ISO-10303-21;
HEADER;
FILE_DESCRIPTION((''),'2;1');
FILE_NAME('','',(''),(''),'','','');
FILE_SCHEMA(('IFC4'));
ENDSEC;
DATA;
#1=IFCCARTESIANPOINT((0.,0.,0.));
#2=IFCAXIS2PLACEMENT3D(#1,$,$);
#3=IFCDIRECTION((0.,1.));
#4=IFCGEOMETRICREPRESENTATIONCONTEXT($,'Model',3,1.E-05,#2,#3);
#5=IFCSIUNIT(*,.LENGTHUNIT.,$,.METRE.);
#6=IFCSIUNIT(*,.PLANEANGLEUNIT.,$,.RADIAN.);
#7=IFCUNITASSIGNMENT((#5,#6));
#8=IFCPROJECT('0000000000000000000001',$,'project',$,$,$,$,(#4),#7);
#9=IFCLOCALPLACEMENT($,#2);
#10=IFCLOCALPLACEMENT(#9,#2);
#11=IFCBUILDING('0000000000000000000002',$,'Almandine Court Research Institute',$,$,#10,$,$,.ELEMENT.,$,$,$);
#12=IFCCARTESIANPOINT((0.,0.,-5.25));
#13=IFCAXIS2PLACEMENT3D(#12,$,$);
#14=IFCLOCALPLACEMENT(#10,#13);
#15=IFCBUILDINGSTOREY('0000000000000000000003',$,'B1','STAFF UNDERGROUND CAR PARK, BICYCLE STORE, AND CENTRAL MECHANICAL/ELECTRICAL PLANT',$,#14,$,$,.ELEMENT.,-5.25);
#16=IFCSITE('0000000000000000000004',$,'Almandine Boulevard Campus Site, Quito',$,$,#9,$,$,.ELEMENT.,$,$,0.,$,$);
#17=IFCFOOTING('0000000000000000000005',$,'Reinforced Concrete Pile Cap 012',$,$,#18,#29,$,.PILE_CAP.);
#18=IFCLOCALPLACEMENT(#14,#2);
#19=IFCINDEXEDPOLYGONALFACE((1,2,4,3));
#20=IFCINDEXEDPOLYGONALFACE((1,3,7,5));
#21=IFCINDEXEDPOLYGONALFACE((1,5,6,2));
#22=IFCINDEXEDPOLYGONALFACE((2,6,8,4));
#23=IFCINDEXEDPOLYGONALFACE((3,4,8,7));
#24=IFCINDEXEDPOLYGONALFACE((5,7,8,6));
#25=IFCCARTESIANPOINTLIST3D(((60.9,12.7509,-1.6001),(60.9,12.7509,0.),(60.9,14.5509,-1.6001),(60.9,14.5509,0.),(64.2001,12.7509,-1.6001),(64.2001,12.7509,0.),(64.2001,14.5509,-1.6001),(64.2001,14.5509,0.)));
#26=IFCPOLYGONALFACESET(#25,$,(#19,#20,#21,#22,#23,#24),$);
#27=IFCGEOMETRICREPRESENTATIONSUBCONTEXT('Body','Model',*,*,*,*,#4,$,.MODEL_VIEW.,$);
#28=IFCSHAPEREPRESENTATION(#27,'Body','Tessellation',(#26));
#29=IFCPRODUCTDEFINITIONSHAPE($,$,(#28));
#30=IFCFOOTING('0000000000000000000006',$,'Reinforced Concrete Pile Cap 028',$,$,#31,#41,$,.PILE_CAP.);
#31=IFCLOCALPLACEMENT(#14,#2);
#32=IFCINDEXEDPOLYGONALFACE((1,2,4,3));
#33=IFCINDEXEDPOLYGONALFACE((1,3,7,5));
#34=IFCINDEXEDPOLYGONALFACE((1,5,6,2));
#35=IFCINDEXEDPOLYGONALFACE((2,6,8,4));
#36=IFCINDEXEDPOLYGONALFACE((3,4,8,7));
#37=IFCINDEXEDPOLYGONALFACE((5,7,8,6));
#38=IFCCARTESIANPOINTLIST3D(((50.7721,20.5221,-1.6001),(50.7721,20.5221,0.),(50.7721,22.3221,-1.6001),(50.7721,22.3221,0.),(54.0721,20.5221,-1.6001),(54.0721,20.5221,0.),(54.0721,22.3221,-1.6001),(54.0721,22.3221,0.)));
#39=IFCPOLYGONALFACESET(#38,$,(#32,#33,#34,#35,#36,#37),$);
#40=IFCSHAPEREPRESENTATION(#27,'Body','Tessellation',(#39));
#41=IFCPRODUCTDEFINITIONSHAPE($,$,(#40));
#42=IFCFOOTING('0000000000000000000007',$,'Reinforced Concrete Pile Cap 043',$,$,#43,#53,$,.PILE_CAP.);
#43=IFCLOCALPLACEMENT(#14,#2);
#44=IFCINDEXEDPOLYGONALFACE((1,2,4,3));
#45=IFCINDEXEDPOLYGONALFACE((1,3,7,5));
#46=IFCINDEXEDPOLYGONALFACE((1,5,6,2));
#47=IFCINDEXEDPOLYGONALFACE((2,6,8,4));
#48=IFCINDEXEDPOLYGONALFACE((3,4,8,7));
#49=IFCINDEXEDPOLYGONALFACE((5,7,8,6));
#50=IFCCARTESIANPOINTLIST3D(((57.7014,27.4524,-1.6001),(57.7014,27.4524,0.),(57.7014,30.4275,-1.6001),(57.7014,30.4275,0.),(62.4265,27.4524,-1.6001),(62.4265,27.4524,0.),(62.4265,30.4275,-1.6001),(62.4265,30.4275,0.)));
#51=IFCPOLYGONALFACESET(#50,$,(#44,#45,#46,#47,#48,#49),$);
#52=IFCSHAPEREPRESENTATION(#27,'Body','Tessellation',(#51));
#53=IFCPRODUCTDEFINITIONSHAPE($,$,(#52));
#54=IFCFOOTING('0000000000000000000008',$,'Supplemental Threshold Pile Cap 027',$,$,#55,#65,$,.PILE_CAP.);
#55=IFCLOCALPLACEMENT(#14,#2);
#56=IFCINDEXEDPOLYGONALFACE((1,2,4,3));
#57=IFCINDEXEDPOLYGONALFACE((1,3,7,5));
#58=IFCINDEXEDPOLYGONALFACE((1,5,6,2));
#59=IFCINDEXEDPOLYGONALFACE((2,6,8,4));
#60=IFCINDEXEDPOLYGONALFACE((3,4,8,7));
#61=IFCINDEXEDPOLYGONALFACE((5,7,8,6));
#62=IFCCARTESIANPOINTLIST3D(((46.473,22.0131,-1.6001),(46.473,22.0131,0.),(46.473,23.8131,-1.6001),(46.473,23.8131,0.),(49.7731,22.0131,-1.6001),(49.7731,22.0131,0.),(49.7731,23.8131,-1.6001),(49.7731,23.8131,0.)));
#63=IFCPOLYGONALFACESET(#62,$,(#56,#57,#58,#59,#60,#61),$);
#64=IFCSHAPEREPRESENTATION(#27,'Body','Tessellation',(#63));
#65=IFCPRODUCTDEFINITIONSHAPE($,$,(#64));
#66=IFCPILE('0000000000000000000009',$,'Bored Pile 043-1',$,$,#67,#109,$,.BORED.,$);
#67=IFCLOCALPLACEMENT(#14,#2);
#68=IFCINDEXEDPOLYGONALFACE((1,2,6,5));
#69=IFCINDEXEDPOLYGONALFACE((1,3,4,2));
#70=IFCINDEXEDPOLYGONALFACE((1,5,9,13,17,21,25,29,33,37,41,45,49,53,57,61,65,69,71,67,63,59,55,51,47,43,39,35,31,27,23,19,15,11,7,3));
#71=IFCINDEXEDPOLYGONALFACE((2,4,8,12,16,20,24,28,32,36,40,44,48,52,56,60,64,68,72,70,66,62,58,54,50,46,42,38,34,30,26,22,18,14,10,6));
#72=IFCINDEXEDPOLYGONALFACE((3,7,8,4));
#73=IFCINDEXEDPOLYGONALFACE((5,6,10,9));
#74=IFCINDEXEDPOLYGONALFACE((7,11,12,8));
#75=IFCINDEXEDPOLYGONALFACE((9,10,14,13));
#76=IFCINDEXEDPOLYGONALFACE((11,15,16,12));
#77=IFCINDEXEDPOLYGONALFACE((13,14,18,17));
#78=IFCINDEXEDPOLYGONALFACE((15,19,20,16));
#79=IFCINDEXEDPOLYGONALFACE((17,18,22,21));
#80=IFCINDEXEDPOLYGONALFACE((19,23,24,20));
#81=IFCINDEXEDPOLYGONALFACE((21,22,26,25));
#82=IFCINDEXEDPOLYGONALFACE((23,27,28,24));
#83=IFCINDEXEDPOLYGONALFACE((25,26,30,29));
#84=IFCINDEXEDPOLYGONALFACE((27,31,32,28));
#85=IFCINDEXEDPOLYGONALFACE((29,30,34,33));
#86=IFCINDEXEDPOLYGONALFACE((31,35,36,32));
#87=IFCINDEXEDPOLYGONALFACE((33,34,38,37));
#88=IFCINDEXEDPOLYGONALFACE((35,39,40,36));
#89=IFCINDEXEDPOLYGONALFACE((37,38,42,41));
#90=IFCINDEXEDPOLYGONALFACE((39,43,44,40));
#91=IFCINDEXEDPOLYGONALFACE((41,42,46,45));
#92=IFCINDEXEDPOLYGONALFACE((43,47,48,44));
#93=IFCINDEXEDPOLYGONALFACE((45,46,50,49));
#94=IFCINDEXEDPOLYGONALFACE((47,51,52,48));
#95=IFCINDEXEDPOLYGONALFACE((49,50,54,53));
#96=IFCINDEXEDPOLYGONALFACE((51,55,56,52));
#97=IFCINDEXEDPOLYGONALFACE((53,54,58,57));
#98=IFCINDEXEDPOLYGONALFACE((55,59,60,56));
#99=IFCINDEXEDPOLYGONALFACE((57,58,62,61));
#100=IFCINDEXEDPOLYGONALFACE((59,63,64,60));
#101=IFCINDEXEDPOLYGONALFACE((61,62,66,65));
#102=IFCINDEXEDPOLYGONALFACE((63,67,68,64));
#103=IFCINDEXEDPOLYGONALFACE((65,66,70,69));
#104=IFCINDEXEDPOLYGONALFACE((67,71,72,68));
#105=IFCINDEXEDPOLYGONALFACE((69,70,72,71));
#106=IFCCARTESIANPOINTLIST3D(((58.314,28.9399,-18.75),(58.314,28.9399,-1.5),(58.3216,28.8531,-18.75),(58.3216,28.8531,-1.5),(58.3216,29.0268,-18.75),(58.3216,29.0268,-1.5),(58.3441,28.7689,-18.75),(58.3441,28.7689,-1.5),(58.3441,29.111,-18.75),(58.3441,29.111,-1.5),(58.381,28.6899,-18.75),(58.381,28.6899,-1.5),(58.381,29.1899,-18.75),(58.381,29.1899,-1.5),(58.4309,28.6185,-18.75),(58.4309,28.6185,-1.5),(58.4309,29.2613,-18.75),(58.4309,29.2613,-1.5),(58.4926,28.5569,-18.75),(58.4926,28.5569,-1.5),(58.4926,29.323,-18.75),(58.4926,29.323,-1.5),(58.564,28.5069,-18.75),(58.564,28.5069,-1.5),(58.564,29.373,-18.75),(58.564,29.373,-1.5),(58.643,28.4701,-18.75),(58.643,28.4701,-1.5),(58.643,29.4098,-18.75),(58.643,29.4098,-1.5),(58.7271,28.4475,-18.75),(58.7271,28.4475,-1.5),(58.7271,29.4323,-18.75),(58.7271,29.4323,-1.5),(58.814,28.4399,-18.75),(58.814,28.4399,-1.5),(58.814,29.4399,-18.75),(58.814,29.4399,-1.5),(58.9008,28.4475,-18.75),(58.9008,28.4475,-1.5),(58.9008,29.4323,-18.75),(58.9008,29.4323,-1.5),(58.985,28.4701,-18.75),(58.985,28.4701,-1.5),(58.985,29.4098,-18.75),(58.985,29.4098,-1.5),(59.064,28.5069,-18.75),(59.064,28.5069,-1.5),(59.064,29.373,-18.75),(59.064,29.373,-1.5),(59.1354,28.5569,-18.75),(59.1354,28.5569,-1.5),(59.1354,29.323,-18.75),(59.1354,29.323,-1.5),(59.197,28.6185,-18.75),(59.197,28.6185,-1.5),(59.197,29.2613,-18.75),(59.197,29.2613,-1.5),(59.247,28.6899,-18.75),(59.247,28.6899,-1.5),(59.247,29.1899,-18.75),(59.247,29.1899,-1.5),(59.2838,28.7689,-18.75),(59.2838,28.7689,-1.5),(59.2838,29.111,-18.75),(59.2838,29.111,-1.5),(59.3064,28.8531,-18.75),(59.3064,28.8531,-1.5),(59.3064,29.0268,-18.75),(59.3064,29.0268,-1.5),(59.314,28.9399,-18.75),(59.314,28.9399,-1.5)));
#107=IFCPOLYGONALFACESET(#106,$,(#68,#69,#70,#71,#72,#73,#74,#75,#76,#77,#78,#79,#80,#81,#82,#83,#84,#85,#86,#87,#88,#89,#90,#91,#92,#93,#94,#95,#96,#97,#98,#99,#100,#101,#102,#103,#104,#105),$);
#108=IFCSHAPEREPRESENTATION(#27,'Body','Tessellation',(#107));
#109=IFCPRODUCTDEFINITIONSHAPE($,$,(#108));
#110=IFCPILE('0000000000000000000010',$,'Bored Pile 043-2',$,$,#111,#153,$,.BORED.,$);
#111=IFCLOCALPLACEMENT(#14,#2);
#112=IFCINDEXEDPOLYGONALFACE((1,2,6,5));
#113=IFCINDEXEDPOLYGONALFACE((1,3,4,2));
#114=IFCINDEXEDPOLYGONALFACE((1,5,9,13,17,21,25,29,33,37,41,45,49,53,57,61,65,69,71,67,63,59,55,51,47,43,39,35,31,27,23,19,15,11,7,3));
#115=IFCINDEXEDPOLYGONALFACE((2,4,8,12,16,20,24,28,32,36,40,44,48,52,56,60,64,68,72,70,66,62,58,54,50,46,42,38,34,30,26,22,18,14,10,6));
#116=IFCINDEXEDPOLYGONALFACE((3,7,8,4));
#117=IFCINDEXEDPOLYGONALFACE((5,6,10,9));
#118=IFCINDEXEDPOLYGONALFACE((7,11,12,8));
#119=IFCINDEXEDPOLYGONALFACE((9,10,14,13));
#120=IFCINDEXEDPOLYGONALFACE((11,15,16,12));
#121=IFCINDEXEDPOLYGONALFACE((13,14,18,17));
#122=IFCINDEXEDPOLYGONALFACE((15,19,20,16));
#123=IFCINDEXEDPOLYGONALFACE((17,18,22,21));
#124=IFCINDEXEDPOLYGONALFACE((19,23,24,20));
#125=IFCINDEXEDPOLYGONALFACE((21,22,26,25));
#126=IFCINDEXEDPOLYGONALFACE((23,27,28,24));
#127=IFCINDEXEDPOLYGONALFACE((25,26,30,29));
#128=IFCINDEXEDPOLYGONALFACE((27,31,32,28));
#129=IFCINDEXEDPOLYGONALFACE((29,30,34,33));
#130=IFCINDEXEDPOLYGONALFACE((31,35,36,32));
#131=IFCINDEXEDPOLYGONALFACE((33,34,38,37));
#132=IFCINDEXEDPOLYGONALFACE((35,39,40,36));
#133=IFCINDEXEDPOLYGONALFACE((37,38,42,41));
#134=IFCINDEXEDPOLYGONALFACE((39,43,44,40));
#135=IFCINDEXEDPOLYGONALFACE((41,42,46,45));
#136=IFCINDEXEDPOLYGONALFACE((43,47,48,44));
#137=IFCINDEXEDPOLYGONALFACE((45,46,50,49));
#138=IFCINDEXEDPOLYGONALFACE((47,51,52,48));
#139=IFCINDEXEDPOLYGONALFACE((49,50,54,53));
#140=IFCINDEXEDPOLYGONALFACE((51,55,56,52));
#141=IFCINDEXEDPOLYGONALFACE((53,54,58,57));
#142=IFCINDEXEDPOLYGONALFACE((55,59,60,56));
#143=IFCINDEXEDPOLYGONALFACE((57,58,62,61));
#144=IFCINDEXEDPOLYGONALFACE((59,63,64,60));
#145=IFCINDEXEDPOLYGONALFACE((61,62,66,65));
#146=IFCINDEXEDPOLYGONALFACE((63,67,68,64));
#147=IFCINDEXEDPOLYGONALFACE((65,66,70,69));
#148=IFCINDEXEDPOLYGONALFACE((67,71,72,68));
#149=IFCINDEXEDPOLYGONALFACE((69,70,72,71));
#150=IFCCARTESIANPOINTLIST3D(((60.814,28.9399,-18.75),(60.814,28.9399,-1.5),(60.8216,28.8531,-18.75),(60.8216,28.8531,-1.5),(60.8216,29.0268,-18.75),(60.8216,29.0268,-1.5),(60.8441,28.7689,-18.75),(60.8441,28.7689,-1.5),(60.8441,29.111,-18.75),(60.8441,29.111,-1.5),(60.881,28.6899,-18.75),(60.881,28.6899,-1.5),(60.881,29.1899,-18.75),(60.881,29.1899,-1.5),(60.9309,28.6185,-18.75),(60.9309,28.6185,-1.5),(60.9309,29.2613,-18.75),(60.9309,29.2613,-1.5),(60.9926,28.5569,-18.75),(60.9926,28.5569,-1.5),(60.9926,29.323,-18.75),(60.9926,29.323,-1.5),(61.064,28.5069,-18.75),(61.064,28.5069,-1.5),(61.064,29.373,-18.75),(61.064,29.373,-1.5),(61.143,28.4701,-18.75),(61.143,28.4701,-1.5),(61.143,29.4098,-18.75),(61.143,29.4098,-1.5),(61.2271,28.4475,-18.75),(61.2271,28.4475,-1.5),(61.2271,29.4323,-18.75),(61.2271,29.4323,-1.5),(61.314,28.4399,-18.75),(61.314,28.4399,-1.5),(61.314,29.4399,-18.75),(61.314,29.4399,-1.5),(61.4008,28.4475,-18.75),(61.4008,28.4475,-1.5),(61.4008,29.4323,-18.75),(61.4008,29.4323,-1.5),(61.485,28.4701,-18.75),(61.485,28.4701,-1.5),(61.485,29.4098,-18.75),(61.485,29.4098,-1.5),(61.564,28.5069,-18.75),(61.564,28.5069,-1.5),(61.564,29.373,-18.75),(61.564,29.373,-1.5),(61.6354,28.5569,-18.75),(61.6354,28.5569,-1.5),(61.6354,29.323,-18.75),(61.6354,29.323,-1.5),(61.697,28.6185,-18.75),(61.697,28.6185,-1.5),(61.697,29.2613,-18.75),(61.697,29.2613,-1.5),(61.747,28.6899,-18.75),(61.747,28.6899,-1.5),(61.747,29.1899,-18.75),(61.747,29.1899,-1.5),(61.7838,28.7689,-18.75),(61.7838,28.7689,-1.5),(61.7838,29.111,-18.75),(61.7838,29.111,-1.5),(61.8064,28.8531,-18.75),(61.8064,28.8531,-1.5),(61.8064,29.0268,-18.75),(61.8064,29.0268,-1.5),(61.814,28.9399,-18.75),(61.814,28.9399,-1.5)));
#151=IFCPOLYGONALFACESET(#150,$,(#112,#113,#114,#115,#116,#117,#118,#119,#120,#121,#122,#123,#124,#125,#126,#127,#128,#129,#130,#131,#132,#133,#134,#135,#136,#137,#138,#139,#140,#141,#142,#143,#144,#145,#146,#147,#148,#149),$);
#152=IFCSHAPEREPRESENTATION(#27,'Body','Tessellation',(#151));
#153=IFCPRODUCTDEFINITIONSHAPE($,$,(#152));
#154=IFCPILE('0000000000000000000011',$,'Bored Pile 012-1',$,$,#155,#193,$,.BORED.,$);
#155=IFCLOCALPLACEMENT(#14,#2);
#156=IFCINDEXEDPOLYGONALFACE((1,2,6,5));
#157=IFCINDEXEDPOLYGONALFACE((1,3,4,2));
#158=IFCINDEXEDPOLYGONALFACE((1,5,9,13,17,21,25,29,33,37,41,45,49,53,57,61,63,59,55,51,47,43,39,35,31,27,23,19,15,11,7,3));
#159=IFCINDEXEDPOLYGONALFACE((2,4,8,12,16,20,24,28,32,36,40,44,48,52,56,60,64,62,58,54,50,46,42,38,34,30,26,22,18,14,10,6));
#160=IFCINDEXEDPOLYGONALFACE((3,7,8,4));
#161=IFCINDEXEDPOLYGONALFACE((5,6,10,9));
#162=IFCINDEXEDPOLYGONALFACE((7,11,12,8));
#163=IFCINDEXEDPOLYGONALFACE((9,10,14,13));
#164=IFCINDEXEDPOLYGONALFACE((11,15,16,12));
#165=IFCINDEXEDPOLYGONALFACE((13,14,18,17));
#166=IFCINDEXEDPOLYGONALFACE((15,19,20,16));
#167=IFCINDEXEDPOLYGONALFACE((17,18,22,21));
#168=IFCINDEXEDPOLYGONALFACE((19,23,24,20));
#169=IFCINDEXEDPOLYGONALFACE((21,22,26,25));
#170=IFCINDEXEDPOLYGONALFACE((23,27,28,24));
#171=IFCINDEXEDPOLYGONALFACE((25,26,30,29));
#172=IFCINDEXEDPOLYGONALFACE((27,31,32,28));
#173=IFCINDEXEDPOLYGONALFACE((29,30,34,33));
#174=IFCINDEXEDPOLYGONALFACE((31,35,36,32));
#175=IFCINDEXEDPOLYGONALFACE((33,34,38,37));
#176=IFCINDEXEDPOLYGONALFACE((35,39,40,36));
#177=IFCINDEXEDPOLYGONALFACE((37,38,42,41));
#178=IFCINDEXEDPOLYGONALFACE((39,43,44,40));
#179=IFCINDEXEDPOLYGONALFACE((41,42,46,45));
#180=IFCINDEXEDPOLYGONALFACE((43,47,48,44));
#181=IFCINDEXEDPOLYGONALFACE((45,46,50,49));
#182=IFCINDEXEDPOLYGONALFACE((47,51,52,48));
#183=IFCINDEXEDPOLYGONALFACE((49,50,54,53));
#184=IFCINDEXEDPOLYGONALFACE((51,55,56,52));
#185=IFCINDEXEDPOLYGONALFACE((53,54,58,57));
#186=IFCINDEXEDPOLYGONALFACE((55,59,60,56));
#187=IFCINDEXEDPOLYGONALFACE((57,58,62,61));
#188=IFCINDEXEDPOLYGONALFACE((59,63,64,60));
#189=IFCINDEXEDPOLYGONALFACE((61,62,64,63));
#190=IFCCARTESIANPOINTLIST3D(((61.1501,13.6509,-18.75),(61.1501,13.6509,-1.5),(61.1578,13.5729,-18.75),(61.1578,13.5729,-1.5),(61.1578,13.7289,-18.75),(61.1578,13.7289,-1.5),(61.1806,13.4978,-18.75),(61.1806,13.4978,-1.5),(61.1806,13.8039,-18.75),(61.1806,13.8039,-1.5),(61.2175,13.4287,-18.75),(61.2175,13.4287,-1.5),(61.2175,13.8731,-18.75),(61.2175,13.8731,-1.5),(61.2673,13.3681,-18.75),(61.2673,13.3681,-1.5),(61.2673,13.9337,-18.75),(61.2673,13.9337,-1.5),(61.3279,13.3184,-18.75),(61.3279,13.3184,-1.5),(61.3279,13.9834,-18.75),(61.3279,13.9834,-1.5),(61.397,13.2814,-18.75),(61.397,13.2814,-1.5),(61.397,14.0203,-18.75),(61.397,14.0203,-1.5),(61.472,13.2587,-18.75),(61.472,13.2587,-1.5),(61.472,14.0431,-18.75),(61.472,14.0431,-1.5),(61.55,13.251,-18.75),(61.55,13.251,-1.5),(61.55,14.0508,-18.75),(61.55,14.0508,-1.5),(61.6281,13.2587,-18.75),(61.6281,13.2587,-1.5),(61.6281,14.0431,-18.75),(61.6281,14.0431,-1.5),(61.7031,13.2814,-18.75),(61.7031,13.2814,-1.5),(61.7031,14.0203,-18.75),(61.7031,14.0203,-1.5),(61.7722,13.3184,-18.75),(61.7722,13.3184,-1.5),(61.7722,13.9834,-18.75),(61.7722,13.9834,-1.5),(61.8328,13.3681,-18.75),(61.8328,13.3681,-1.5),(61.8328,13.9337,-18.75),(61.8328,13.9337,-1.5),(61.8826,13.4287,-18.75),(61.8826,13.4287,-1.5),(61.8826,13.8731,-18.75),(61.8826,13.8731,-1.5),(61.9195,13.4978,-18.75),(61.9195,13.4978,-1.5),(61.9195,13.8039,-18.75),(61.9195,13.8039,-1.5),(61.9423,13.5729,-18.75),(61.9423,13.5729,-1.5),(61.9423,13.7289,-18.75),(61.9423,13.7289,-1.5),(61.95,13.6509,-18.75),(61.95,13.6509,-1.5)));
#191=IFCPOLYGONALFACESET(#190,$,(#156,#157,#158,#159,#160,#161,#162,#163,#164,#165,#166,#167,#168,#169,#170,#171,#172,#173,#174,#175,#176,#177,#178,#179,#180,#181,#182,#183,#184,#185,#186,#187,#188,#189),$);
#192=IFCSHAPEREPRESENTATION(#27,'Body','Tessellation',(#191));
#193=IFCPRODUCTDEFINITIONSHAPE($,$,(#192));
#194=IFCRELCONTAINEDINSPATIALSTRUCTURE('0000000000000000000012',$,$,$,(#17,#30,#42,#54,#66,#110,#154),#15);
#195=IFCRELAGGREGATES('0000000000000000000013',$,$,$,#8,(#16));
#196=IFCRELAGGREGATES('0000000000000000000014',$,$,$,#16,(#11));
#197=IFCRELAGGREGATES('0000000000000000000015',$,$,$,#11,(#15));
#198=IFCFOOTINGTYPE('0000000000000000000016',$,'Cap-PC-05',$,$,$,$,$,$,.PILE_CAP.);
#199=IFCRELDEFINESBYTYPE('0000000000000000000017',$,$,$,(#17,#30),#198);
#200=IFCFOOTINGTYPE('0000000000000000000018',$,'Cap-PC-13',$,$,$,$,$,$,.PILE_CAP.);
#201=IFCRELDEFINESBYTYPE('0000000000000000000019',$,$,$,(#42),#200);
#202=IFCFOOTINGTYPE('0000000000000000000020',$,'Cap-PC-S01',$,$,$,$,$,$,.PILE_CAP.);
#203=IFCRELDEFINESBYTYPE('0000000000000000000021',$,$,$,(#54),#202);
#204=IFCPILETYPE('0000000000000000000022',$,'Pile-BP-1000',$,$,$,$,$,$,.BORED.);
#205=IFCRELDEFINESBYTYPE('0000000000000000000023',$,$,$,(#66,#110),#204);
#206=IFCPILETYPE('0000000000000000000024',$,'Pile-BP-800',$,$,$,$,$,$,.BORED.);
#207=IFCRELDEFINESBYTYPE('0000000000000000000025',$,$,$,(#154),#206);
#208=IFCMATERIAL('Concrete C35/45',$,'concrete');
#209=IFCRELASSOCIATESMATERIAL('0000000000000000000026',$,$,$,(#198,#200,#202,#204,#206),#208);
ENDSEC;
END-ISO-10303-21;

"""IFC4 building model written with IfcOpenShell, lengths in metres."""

from ifc_helpers import new_model, si_unit, direction, frame, origin, origin_2d, place, context, subcontext, project, spatial, rectangle, circle, extrude, material, material_profile, profile_set, type_object, element, save


model = new_model("IFC4")

# Units and contexts
model_context = context("Model", 3, precision=1e-05, world=origin(), true_north=direction((0.0, 1.0)))
body_context = subcontext(model_context, "Body", "Model", "MODEL_VIEW")
ifc_project = project(units=[si_unit("LENGTHUNIT", "METRE"), si_unit("PLANEANGLEUNIT", "RADIAN")], contexts=[model_context])

# Site, building, storey
site_placement = place(None, origin())
site = spatial("IfcSite", under=ifc_project, at=site_placement, Name="Almandine Boulevard Campus Site, Quito", CompositionType="ELEMENT", RefElevation=0.0)
building_placement = place(site_placement, origin())
building = spatial("IfcBuilding", under=site, at=building_placement, Name="Almandine Court Research Institute", CompositionType="ELEMENT")
storey_placement = place(building_placement, frame((0.0, 0.0, -5.25)))
storey = spatial("IfcBuildingStorey", under=building, at=storey_placement, Name="B1", Description="STAFF UNDERGROUND CAR PARK, BICYCLE STORE, AND CENTRAL MECHANICAL/ELECTRICAL PLANT", CompositionType="ELEMENT", Elevation=-5.25)

# Footings
ifc_material_1 = material(Name="Concrete C35/45", Category="concrete")
footing_type_1 = type_object("IfcFootingType", Name="Cap-PC-05", PredefinedType="PILE_CAP", material=ifc_material_1)
for number, where, z_axis, x_axis, name in (
    (1, (62.55, 13.6509, -1.6001), (0.0, 0.0, 1.0), (1.0, 0.0, 0.0), "Reinforced Concrete Pile Cap 012"),
    (2, (52.4221, 21.4221, -1.6001), (0.0, 0.0, 1.0), (1.0, 0.0, 0.0), "Reinforced Concrete Pile Cap 028"),
):
    element("IfcFooting", number, at=place(storey_placement, frame(where, z_axis=z_axis, x_axis=x_axis)), inside=storey, type_object=footing_type_1, Name=name, PredefinedType="PILE_CAP", context=body_context, shape_type="SweptSolid", body=[
        extrude(rectangle(XDim=3.3, YDim=1.8, at=origin_2d()), origin(), (0.0, 0.0, 1.0), 1.6001),
    ])
footing_type_2 = type_object("IfcFootingType", Name="Cap-PC-13", PredefinedType="PILE_CAP", material=ifc_material_1)
footing_1_placement = place(storey_placement, frame((60.064, 28.9399, -1.6001), z_axis=(0.0, 0.0, 1.0), x_axis=(1.0, 0.0, 0.0)))
element("IfcFooting", 3, at=footing_1_placement, inside=storey, type_object=footing_type_2, Name="Reinforced Concrete Pile Cap 043", PredefinedType="PILE_CAP", context=body_context, shape_type="SweptSolid", body=[
    extrude(rectangle(XDim=4.7251, YDim=2.9751, at=origin_2d()), origin(), (0.0, 0.0, 1.0), 1.6001),
])
footing_type_3 = type_object("IfcFootingType", Name="Cap-PC-S01", PredefinedType="PILE_CAP", material=ifc_material_1)
footing_2_placement = place(storey_placement, frame((48.123, 22.9131, -1.6001), z_axis=(0.0, 0.0, 1.0), x_axis=(1.0, 0.0, 0.0)))
element("IfcFooting", 4, at=footing_2_placement, inside=storey, type_object=footing_type_3, Name="Supplemental Threshold Pile Cap 027", PredefinedType="PILE_CAP", context=body_context, shape_type="SweptSolid", body=[
    extrude(rectangle(XDim=3.3, YDim=1.8, at=origin_2d()), origin(), (0.0, 0.0, 1.0), 1.6001),
])

# Piles
ifc_material_profile_1 = material_profile(ifc_material_1, circle(Radius=0.5, at=origin_2d()), Name="BORED PILE D1000")
ifc_profile_set_1 = profile_set([ifc_material_profile_1], Name="Concrete C35/45")
pile_type_1 = type_object("IfcPileType", Name="Pile-BP-1000", PredefinedType="BORED", material=ifc_profile_set_1)
for number, where, z_axis, x_axis, name in (
    (5, (58.814, 28.9399, -1.5), (0.0, 0.0, -1.0), (1.0, 0.0, 0.0), "Bored Pile 043-1"),
    (6, (61.314, 28.9399, -1.5), (0.0, 0.0, -1.0), (1.0, 0.0, 0.0), "Bored Pile 043-2"),
):
    element("IfcPile", number, at=place(storey_placement, frame(where, z_axis=z_axis, x_axis=x_axis)), inside=storey, type_object=pile_type_1, Name=name, PredefinedType="BORED", context=body_context, shape_type="SweptSolid", body=[
        extrude(circle(Radius=0.5, at=origin_2d()), origin(), (0.0, 0.0, 1.0), 17.25),
    ])
ifc_material_profile_2 = material_profile(ifc_material_1, circle(Radius=0.3999, at=origin_2d()), Name="BORED PILE D800")
ifc_profile_set_2 = profile_set([ifc_material_profile_2], Name="Concrete C35/45")
pile_type_2 = type_object("IfcPileType", Name="Pile-BP-800", PredefinedType="BORED", material=ifc_profile_set_2)
for number, where, z_axis, x_axis, name in (
    (7, (61.55, 13.6509, -1.5), (0.0, 0.0, -1.0), (1.0, 0.0, 0.0), "Bored Pile 012-1"),
):
    element("IfcPile", number, at=place(storey_placement, frame(where, z_axis=z_axis, x_axis=x_axis)), inside=storey, type_object=pile_type_2, Name=name, PredefinedType="BORED", context=body_context, shape_type="SweptSolid", body=[
        extrude(circle(Radius=0.3999, at=origin_2d()), origin(), (0.0, 0.0, 1.0), 17.25),
    ])

save(model, "model.ifc")
